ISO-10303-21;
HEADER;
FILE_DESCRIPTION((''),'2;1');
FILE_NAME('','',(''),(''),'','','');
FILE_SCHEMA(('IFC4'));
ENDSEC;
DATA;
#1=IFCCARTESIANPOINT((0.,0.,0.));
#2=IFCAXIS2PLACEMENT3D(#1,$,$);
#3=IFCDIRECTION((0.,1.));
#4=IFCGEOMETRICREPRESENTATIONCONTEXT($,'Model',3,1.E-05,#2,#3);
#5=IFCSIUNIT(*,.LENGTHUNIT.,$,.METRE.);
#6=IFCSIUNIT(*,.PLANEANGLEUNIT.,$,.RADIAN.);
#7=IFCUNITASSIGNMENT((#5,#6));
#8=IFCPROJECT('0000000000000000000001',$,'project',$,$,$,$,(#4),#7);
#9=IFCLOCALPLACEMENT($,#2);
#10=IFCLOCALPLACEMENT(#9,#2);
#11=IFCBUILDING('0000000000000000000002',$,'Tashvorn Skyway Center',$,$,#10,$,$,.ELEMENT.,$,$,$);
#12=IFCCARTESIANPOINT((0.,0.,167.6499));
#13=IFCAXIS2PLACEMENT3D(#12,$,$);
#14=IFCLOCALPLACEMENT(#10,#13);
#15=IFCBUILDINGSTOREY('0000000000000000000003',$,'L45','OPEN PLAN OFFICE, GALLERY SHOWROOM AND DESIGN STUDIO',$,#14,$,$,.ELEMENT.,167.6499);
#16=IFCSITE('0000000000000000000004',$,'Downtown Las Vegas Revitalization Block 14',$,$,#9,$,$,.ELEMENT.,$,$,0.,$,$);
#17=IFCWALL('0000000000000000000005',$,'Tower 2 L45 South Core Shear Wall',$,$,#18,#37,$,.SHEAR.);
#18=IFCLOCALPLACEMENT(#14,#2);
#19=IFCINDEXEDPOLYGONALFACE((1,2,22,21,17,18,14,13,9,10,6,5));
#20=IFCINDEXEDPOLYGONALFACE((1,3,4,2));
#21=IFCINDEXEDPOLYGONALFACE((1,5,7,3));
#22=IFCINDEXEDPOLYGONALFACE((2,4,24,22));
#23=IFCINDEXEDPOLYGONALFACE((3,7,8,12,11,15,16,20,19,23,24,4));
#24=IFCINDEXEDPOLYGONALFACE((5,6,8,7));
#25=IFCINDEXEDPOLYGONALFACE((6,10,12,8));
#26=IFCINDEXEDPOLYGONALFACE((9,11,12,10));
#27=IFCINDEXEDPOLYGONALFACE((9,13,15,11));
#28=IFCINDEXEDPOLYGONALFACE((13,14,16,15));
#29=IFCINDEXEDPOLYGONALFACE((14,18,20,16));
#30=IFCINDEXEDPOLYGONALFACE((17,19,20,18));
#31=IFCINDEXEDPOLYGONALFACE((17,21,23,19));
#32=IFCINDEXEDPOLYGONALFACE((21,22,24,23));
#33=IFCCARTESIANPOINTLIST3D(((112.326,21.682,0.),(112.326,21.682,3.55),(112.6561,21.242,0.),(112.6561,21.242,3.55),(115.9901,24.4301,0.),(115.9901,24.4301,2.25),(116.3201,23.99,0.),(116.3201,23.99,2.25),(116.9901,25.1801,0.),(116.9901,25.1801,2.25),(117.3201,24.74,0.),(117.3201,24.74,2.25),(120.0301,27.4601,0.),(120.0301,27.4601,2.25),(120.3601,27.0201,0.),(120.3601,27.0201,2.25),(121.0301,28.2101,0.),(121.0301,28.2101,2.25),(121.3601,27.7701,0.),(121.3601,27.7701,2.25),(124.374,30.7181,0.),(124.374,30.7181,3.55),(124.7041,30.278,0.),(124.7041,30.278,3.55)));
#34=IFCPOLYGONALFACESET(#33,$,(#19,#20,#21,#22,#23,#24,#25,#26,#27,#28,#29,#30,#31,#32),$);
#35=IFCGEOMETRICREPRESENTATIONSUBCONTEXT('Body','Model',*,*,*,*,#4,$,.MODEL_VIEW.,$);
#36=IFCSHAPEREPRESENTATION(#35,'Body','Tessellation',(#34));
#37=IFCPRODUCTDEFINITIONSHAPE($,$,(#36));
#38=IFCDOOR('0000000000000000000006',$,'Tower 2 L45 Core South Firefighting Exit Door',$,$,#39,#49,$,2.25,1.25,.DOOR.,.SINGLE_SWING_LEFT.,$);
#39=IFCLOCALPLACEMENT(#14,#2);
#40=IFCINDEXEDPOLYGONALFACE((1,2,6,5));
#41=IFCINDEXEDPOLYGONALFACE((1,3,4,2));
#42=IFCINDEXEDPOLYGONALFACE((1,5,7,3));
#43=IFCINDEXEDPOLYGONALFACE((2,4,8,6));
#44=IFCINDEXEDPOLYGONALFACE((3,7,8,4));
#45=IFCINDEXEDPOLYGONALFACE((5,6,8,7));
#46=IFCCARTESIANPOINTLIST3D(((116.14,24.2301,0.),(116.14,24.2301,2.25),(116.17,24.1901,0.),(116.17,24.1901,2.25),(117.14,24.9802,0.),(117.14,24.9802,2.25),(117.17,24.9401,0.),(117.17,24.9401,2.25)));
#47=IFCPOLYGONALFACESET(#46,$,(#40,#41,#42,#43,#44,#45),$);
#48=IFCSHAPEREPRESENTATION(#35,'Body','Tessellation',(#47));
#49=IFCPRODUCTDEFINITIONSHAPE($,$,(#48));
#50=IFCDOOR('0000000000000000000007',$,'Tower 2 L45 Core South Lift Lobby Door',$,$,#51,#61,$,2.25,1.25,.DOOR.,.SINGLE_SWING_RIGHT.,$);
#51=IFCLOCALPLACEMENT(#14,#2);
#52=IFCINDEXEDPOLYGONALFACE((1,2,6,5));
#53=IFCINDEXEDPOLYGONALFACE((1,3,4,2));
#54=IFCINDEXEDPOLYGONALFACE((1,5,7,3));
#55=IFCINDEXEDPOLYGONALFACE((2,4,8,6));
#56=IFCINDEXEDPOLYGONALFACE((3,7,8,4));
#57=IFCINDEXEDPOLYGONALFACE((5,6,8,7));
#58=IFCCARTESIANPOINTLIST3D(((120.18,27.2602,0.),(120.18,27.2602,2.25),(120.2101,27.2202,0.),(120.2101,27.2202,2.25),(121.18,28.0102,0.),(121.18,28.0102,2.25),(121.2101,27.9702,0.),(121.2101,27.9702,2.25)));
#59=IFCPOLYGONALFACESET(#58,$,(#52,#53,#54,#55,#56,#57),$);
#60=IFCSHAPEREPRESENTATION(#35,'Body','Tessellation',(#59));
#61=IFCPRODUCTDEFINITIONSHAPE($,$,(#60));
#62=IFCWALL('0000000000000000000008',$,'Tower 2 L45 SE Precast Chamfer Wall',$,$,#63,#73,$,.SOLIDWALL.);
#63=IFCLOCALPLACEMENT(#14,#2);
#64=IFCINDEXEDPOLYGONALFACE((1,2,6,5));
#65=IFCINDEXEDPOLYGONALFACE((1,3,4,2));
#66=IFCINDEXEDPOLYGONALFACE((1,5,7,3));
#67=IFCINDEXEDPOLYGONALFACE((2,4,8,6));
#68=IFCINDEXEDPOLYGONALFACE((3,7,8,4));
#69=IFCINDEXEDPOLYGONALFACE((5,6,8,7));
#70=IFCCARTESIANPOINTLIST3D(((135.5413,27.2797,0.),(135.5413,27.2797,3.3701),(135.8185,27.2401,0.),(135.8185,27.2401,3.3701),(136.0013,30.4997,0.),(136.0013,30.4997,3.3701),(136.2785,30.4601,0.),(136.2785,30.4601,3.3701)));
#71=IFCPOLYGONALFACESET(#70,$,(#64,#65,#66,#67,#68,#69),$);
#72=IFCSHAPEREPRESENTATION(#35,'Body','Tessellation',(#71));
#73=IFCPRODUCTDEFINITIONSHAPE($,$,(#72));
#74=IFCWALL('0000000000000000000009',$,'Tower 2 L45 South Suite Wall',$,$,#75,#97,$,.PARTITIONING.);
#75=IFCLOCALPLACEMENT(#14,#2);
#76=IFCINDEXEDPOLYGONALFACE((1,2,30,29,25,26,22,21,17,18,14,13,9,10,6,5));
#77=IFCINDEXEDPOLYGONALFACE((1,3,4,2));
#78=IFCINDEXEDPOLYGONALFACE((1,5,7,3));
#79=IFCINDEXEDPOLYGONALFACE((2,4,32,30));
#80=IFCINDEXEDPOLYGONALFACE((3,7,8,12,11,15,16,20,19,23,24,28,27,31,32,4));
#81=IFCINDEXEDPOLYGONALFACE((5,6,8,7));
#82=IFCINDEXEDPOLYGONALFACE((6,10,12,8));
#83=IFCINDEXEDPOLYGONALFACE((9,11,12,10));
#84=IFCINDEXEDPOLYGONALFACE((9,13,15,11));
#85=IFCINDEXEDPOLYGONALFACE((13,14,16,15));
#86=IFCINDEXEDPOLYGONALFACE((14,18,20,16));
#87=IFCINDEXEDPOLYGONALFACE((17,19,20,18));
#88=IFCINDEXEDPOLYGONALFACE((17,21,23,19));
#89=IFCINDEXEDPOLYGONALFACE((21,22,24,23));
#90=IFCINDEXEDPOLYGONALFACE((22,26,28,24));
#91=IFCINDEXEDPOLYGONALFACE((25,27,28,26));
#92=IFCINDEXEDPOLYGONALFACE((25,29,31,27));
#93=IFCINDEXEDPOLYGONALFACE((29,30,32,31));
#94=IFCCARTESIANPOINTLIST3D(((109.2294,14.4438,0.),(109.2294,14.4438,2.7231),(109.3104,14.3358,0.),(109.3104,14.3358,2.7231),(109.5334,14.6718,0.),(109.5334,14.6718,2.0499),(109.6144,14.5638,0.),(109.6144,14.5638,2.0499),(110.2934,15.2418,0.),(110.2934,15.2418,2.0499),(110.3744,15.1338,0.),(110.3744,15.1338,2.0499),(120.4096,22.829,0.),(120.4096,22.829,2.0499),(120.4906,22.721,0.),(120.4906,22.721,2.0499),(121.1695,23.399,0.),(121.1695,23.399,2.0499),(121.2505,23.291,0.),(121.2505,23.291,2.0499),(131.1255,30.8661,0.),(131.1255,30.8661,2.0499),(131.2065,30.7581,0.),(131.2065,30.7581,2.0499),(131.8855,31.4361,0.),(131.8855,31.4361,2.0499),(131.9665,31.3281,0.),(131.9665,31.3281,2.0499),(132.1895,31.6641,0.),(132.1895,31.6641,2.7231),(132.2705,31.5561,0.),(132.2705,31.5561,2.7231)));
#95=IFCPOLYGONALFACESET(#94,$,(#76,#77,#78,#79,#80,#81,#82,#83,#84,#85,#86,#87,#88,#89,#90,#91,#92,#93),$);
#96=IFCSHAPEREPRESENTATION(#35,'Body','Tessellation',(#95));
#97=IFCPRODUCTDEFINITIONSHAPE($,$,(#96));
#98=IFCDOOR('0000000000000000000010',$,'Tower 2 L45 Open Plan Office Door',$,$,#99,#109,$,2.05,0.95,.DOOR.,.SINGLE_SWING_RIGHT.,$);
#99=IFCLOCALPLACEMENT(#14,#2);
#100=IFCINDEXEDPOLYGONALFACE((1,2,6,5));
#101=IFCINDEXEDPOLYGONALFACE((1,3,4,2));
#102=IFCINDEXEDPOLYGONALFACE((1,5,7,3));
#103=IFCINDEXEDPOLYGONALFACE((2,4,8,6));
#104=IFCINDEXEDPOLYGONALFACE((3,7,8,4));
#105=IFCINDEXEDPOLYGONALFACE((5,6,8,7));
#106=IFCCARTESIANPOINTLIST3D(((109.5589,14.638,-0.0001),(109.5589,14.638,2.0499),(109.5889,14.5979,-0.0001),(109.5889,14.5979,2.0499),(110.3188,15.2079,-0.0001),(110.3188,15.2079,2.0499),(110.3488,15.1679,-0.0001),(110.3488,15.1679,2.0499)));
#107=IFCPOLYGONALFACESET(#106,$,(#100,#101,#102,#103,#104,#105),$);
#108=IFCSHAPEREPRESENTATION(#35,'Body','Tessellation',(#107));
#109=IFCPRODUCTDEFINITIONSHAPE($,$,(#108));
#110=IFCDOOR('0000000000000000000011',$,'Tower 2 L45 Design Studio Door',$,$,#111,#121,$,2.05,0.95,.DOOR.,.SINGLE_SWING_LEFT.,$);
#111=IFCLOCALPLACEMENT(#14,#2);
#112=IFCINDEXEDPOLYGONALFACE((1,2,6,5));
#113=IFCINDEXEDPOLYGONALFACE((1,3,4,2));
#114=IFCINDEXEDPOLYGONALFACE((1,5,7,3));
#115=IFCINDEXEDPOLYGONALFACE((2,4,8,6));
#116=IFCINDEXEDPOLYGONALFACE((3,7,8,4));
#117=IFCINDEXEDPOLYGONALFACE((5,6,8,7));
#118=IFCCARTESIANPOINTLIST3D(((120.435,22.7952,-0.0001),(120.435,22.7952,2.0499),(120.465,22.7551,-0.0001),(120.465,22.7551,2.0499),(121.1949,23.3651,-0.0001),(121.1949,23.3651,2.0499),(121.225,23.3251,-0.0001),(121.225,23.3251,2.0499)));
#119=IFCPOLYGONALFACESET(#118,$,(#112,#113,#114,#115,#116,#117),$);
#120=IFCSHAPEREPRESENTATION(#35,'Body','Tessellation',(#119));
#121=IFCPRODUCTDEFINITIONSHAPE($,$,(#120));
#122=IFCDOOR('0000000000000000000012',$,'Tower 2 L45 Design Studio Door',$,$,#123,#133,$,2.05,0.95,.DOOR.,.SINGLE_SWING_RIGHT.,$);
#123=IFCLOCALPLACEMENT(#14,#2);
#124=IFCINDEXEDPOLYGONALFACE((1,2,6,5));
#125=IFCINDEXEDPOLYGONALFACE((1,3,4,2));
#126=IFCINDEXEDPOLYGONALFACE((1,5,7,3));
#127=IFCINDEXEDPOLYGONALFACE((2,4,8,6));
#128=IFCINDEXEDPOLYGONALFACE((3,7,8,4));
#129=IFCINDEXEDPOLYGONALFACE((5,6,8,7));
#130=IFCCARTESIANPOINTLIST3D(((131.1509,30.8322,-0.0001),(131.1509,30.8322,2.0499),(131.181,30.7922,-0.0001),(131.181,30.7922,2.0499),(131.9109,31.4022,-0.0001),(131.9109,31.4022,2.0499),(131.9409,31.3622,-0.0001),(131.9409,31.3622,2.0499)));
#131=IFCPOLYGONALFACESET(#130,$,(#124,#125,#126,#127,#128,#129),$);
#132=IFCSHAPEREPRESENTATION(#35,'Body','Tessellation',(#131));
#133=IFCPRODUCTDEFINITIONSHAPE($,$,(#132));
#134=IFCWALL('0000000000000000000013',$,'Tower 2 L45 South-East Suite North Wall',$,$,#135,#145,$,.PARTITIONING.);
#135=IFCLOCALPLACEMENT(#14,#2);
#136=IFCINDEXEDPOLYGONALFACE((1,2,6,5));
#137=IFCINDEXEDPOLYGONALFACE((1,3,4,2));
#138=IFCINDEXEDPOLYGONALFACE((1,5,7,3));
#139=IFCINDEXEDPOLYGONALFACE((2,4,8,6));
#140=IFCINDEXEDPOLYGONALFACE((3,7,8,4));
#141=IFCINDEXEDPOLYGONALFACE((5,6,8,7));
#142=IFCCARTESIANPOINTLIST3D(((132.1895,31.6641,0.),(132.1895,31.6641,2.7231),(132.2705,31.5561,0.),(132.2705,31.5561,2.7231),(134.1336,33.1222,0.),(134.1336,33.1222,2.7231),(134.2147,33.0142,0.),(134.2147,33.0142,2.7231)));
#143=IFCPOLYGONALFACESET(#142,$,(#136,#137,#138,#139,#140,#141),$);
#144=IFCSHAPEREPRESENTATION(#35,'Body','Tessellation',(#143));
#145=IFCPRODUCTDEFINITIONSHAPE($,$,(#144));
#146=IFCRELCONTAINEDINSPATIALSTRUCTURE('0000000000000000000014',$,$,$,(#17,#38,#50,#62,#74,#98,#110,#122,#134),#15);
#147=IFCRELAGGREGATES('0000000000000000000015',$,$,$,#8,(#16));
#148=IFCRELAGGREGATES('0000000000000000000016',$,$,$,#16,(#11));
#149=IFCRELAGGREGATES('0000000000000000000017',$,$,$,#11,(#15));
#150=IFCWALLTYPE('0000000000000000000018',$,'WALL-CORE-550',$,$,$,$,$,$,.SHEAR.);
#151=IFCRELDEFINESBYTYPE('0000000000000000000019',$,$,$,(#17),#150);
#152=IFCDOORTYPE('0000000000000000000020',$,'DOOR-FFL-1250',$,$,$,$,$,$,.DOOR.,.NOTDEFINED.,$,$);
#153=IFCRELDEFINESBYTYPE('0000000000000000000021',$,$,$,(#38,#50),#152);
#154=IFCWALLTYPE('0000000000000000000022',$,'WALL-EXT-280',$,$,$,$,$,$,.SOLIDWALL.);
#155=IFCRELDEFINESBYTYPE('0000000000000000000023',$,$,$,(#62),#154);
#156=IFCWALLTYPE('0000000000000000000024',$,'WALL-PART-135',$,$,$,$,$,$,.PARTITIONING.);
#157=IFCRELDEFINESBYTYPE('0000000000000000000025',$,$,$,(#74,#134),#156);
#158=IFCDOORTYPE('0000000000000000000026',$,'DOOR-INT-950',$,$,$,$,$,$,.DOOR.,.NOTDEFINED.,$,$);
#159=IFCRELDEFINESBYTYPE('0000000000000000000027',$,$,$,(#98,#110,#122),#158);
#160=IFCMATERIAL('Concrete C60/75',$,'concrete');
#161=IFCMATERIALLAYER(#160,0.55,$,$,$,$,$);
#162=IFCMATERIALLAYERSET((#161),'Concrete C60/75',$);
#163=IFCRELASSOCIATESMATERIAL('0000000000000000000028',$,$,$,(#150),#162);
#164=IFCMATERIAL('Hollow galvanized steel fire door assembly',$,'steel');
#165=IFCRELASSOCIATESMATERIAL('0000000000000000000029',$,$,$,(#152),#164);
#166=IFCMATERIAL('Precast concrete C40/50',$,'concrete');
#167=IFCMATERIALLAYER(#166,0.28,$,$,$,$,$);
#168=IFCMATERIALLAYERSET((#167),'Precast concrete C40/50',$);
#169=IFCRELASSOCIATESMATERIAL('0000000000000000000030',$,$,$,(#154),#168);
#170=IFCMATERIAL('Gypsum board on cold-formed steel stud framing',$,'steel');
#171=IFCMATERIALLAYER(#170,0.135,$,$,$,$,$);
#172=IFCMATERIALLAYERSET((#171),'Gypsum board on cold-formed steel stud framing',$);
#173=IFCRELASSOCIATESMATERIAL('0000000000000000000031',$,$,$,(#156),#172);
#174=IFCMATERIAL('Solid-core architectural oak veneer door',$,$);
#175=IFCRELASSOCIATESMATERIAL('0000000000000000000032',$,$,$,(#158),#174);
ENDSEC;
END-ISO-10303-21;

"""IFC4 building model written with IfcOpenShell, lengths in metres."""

from ifc_helpers import new_model, si_unit, direction, frame, frame_2d, origin, place, context, subcontext, project, spatial, rectangle, extrude, material, layer, layer_set, type_object, element, fill, save


model = new_model("IFC4")

# Units and contexts
model_context = context("Model", 3, precision=1e-05, world=origin(), true_north=direction((0.0, 1.0)))
body_context = subcontext(model_context, "Body", "Model", "MODEL_VIEW")
ifc_project = project(units=[si_unit("LENGTHUNIT", "METRE"), si_unit("PLANEANGLEUNIT", "RADIAN")], contexts=[model_context])

# Site, building, storey
site_placement = place(None, origin())
site = spatial("IfcSite", under=ifc_project, at=site_placement, Name="Downtown Las Vegas Revitalization Block 14", CompositionType="ELEMENT", RefElevation=0.0)
building_placement = place(site_placement, origin())
building = spatial("IfcBuilding", under=site, at=building_placement, Name="Tashvorn Skyway Center", CompositionType="ELEMENT")
storey_placement = place(building_placement, frame((0.0, 0.0, 167.6499)))
storey = spatial("IfcBuildingStorey", under=building, at=storey_placement, Name="L45", Description="OPEN PLAN OFFICE, GALLERY SHOWROOM AND DESIGN STUDIO", CompositionType="ELEMENT", Elevation=167.6499)

# Wall, openings, doors
ifc_material_1 = material(Name="Concrete C60/75", Category="concrete")
ifc_layer_1 = layer(ifc_material_1, 0.55)
ifc_layer_set_1 = layer_set([ifc_layer_1], Name="Concrete C60/75")
wall_type_1 = type_object("IfcWallType", Name="WALL-CORE-550", PredefinedType="SHEAR", material=ifc_layer_set_1)
wall_1_placement = place(storey_placement, frame((124.5391, 30.498, 0.0), z_axis=(0.0, 0.0, 1.0), x_axis=(-0.799998, -0.600003, 0.0)))
wall_1 = element("IfcWall", 1, at=wall_1_placement, inside=storey, type_object=wall_type_1, Name="Tower 2 L45 South Core Shear Wall", PredefinedType="SHEAR", context=body_context, shape_type="SweptSolid", body=[
    extrude(rectangle(XDim=15.0601, YDim=0.55, at=frame_2d((7.53, 0.0))), origin(), (0.0, 0.0, 1.0), 3.55),
])
opening_1_placement = place(wall_1_placement, frame((9.23, 0.0, 0.0)))
opening_1 = element("IfcOpeningElement", 2, at=opening_1_placement, cuts=wall_1, PredefinedType="OPENING", context=body_context, shape_type="SweptSolid", body=[
    extrude(rectangle(XDim=1.25, YDim=2.25, at=frame_2d((0.625, 1.125))), frame((0.0, 0.2849, 0.0), z_axis=(0.0, -1.0, 0.0), x_axis=(1.0, 0.0, 0.0)), (0.0, 0.0, 1.0), 0.5701),
])
opening_2_placement = place(wall_1_placement, frame((4.1799, 0.0, 0.0)))
opening_2 = element("IfcOpeningElement", 3, at=opening_2_placement, cuts=wall_1, PredefinedType="OPENING", context=body_context, shape_type="SweptSolid", body=[
    extrude(rectangle(XDim=1.25, YDim=2.25, at=frame_2d((0.625, 1.125))), frame((0.0, 0.2849, 0.0), z_axis=(0.0, -1.0, 0.0), x_axis=(1.0, 0.0, 0.0)), (0.0, 0.0, 1.0), 0.5701),
])
ifc_material_2 = material(Name="Hollow galvanized steel fire door assembly", Category="steel")
door_type_1 = type_object("IfcDoorType", Name="DOOR-FFL-1250", OperationType="NOTDEFINED", PredefinedType="DOOR", material=ifc_material_2)
door_1_placement = place(opening_1_placement, origin())
door_1 = element("IfcDoor", 4, at=door_1_placement, inside=storey, type_object=door_type_1, Name="Tower 2 L45 Core South Firefighting Exit Door", OperationType="SINGLE_SWING_LEFT", OverallHeight=2.25, OverallWidth=1.25, PredefinedType="DOOR", context=body_context, shape_type="SweptSolid", body=[
    extrude(rectangle(XDim=1.25, YDim=2.25, at=frame_2d((0.625, 1.125))), frame((0.0, 0.0249, 0.0), z_axis=(0.0, -1.0, 0.0), x_axis=(1.0, 0.0, 0.0)), (0.0, 0.0, 1.0), 0.05),
])
fill(opening_1, door_1)
door_2_placement = place(opening_2_placement, origin())
door_2 = element("IfcDoor", 5, at=door_2_placement, inside=storey, type_object=door_type_1, Name="Tower 2 L45 Core South Lift Lobby Door", OperationType="SINGLE_SWING_RIGHT", OverallHeight=2.25, OverallWidth=1.25, PredefinedType="DOOR", context=body_context, shape_type="SweptSolid", body=[
    extrude(rectangle(XDim=1.25, YDim=2.25, at=frame_2d((0.625, 1.125))), frame((0.0, 0.0249, 0.0), z_axis=(0.0, -1.0, 0.0), x_axis=(1.0, 0.0, 0.0)), (0.0, 0.0, 1.0), 0.05),
])
fill(opening_2, door_2)

# Wall
ifc_material_3 = material(Name="Precast concrete C40/50", Category="concrete")
ifc_layer_2 = layer(ifc_material_3, 0.28)
ifc_layer_set_2 = layer_set([ifc_layer_2], Name="Precast concrete C40/50")
wall_type_2 = type_object("IfcWallType", Name="WALL-EXT-280", PredefinedType="SOLIDWALL", material=ifc_layer_set_2)
wall_2_placement = place(storey_placement, frame((136.1399, 30.48, 0.0), z_axis=(0.0, 0.0, 1.0), x_axis=(-0.141411, -0.989951, 0.0)))
element("IfcWall", 6, at=wall_2_placement, inside=storey, type_object=wall_type_2, Name="Tower 2 L45 SE Precast Chamfer Wall", PredefinedType="SOLIDWALL", context=body_context, shape_type="SweptSolid", body=[
    extrude(rectangle(XDim=3.2527, YDim=0.28, at=frame_2d((1.6265, 0.0))), origin(), (0.0, 0.0, 1.0), 3.3701),
])

# Wall, openings, doors
ifc_material_4 = material(Name="Gypsum board on cold-formed steel stud framing", Category="steel")
ifc_layer_3 = layer(ifc_material_4, 0.135)
ifc_layer_set_3 = layer_set([ifc_layer_3], Name="Gypsum board on cold-formed steel stud framing")
wall_type_3 = type_object("IfcWallType", Name="WALL-PART-135", PredefinedType="PARTITIONING", material=ifc_layer_set_3)
wall_3_placement = place(storey_placement, frame((132.23, 31.6101, 0.0), z_axis=(0.0, 0.0, 1.0), x_axis=(-0.799996, -0.600005, 0.0)))
wall_3 = element("IfcWall", 7, at=wall_3_placement, inside=storey, type_object=wall_type_3, Name="Tower 2 L45 South Suite Wall", PredefinedType="PARTITIONING", context=body_context, shape_type="SweptSolid", body=[
    extrude(rectangle(XDim=28.7002, YDim=0.135, at=frame_2d((14.3501, 0.0))), origin(), (0.0, 0.0, 1.0), 2.7231),
])
opening_3_placement = place(wall_3_placement, frame((27.3701, 0.0, 0.0)))
opening_3 = element("IfcOpeningElement", 8, at=opening_3_placement, cuts=wall_3, PredefinedType="OPENING", context=body_context, shape_type="SweptSolid", body=[
    extrude(rectangle(XDim=0.95, YDim=2.05, at=frame_2d((0.4751, 1.0249))), frame((0.0, 0.0774, 0.0), z_axis=(0.0, -1.0, 0.0), x_axis=(1.0, 0.0, 0.0)), (0.0, 0.0, 1.0), 0.155),
])
opening_4_placement = place(wall_3_placement, frame((13.7749, 0.0, 0.0)))
opening_4 = element("IfcOpeningElement", 9, at=opening_4_placement, cuts=wall_3, PredefinedType="OPENING", context=body_context, shape_type="SweptSolid", body=[
    extrude(rectangle(XDim=0.95, YDim=2.05, at=frame_2d((0.4751, 1.0249))), frame((0.0, 0.0774, 0.0), z_axis=(0.0, -1.0, 0.0), x_axis=(1.0, 0.0, 0.0)), (0.0, 0.0, 1.0), 0.155),
])
opening_5_placement = place(wall_3_placement, frame((0.3799, 0.0, 0.0)))
opening_5 = element("IfcOpeningElement", 10, at=opening_5_placement, cuts=wall_3, PredefinedType="OPENING", context=body_context, shape_type="SweptSolid", body=[
    extrude(rectangle(XDim=0.95, YDim=2.05, at=frame_2d((0.4751, 1.0249))), frame((0.0, 0.0774, 0.0), z_axis=(0.0, -1.0, 0.0), x_axis=(1.0, 0.0, 0.0)), (0.0, 0.0, 1.0), 0.155),
])
ifc_material_5 = material(Name="Solid-core architectural oak veneer door")
door_type_2 = type_object("IfcDoorType", Name="DOOR-INT-950", OperationType="NOTDEFINED", PredefinedType="DOOR", material=ifc_material_5)
door_3_placement = place(opening_3_placement, origin())
door_3 = element("IfcDoor", 11, at=door_3_placement, inside=storey, type_object=door_type_2, Name="Tower 2 L45 Open Plan Office Door", OperationType="SINGLE_SWING_RIGHT", OverallHeight=2.05, OverallWidth=0.95, PredefinedType="DOOR", context=body_context, shape_type="SweptSolid", body=[
    extrude(rectangle(XDim=0.95, YDim=2.05, at=frame_2d((0.4751, 1.0249))), frame((0.0, 0.0249, 0.0), z_axis=(0.0, -1.0, 0.0), x_axis=(1.0, 0.0, 0.0)), (0.0, 0.0, 1.0), 0.05),
])
fill(opening_3, door_3)
door_4_placement = place(opening_4_placement, origin())
door_4 = element("IfcDoor", 12, at=door_4_placement, inside=storey, type_object=door_type_2, Name="Tower 2 L45 Design Studio Door", OperationType="SINGLE_SWING_LEFT", OverallHeight=2.05, OverallWidth=0.95, PredefinedType="DOOR", context=body_context, shape_type="SweptSolid", body=[
    extrude(rectangle(XDim=0.95, YDim=2.05, at=frame_2d((0.4751, 1.0249))), frame((0.0, 0.0249, 0.0), z_axis=(0.0, -1.0, 0.0), x_axis=(1.0, 0.0, 0.0)), (0.0, 0.0, 1.0), 0.05),
])
fill(opening_4, door_4)
door_5_placement = place(opening_5_placement, origin())
door_5 = element("IfcDoor", 13, at=door_5_placement, inside=storey, type_object=door_type_2, Name="Tower 2 L45 Design Studio Door", OperationType="SINGLE_SWING_RIGHT", OverallHeight=2.05, OverallWidth=0.95, PredefinedType="DOOR", context=body_context, shape_type="SweptSolid", body=[
    extrude(rectangle(XDim=0.95, YDim=2.05, at=frame_2d((0.4751, 1.0249))), frame((0.0, 0.0249, 0.0), z_axis=(0.0, -1.0, 0.0), x_axis=(1.0, 0.0, 0.0)), (0.0, 0.0, 1.0), 0.05),
])
fill(opening_5, door_5)

# Wall
wall_4_placement = place(storey_placement, frame((132.23, 31.6101, 0.0), z_axis=(0.0, 0.0, 1.0), x_axis=(0.800012, 0.599984, 0.0)))
element("IfcWall", 14, at=wall_4_placement, inside=storey, type_object=wall_type_3, Name="Tower 2 L45 South-East Suite North Wall", PredefinedType="PARTITIONING", context=body_context, shape_type="SweptSolid", body=[
    extrude(rectangle(XDim=2.4302, YDim=0.135, at=frame_2d((1.2151, 0.0))), origin(), (0.0, 0.0, 1.0), 2.7231),
])

save(model, "model.ifc")
